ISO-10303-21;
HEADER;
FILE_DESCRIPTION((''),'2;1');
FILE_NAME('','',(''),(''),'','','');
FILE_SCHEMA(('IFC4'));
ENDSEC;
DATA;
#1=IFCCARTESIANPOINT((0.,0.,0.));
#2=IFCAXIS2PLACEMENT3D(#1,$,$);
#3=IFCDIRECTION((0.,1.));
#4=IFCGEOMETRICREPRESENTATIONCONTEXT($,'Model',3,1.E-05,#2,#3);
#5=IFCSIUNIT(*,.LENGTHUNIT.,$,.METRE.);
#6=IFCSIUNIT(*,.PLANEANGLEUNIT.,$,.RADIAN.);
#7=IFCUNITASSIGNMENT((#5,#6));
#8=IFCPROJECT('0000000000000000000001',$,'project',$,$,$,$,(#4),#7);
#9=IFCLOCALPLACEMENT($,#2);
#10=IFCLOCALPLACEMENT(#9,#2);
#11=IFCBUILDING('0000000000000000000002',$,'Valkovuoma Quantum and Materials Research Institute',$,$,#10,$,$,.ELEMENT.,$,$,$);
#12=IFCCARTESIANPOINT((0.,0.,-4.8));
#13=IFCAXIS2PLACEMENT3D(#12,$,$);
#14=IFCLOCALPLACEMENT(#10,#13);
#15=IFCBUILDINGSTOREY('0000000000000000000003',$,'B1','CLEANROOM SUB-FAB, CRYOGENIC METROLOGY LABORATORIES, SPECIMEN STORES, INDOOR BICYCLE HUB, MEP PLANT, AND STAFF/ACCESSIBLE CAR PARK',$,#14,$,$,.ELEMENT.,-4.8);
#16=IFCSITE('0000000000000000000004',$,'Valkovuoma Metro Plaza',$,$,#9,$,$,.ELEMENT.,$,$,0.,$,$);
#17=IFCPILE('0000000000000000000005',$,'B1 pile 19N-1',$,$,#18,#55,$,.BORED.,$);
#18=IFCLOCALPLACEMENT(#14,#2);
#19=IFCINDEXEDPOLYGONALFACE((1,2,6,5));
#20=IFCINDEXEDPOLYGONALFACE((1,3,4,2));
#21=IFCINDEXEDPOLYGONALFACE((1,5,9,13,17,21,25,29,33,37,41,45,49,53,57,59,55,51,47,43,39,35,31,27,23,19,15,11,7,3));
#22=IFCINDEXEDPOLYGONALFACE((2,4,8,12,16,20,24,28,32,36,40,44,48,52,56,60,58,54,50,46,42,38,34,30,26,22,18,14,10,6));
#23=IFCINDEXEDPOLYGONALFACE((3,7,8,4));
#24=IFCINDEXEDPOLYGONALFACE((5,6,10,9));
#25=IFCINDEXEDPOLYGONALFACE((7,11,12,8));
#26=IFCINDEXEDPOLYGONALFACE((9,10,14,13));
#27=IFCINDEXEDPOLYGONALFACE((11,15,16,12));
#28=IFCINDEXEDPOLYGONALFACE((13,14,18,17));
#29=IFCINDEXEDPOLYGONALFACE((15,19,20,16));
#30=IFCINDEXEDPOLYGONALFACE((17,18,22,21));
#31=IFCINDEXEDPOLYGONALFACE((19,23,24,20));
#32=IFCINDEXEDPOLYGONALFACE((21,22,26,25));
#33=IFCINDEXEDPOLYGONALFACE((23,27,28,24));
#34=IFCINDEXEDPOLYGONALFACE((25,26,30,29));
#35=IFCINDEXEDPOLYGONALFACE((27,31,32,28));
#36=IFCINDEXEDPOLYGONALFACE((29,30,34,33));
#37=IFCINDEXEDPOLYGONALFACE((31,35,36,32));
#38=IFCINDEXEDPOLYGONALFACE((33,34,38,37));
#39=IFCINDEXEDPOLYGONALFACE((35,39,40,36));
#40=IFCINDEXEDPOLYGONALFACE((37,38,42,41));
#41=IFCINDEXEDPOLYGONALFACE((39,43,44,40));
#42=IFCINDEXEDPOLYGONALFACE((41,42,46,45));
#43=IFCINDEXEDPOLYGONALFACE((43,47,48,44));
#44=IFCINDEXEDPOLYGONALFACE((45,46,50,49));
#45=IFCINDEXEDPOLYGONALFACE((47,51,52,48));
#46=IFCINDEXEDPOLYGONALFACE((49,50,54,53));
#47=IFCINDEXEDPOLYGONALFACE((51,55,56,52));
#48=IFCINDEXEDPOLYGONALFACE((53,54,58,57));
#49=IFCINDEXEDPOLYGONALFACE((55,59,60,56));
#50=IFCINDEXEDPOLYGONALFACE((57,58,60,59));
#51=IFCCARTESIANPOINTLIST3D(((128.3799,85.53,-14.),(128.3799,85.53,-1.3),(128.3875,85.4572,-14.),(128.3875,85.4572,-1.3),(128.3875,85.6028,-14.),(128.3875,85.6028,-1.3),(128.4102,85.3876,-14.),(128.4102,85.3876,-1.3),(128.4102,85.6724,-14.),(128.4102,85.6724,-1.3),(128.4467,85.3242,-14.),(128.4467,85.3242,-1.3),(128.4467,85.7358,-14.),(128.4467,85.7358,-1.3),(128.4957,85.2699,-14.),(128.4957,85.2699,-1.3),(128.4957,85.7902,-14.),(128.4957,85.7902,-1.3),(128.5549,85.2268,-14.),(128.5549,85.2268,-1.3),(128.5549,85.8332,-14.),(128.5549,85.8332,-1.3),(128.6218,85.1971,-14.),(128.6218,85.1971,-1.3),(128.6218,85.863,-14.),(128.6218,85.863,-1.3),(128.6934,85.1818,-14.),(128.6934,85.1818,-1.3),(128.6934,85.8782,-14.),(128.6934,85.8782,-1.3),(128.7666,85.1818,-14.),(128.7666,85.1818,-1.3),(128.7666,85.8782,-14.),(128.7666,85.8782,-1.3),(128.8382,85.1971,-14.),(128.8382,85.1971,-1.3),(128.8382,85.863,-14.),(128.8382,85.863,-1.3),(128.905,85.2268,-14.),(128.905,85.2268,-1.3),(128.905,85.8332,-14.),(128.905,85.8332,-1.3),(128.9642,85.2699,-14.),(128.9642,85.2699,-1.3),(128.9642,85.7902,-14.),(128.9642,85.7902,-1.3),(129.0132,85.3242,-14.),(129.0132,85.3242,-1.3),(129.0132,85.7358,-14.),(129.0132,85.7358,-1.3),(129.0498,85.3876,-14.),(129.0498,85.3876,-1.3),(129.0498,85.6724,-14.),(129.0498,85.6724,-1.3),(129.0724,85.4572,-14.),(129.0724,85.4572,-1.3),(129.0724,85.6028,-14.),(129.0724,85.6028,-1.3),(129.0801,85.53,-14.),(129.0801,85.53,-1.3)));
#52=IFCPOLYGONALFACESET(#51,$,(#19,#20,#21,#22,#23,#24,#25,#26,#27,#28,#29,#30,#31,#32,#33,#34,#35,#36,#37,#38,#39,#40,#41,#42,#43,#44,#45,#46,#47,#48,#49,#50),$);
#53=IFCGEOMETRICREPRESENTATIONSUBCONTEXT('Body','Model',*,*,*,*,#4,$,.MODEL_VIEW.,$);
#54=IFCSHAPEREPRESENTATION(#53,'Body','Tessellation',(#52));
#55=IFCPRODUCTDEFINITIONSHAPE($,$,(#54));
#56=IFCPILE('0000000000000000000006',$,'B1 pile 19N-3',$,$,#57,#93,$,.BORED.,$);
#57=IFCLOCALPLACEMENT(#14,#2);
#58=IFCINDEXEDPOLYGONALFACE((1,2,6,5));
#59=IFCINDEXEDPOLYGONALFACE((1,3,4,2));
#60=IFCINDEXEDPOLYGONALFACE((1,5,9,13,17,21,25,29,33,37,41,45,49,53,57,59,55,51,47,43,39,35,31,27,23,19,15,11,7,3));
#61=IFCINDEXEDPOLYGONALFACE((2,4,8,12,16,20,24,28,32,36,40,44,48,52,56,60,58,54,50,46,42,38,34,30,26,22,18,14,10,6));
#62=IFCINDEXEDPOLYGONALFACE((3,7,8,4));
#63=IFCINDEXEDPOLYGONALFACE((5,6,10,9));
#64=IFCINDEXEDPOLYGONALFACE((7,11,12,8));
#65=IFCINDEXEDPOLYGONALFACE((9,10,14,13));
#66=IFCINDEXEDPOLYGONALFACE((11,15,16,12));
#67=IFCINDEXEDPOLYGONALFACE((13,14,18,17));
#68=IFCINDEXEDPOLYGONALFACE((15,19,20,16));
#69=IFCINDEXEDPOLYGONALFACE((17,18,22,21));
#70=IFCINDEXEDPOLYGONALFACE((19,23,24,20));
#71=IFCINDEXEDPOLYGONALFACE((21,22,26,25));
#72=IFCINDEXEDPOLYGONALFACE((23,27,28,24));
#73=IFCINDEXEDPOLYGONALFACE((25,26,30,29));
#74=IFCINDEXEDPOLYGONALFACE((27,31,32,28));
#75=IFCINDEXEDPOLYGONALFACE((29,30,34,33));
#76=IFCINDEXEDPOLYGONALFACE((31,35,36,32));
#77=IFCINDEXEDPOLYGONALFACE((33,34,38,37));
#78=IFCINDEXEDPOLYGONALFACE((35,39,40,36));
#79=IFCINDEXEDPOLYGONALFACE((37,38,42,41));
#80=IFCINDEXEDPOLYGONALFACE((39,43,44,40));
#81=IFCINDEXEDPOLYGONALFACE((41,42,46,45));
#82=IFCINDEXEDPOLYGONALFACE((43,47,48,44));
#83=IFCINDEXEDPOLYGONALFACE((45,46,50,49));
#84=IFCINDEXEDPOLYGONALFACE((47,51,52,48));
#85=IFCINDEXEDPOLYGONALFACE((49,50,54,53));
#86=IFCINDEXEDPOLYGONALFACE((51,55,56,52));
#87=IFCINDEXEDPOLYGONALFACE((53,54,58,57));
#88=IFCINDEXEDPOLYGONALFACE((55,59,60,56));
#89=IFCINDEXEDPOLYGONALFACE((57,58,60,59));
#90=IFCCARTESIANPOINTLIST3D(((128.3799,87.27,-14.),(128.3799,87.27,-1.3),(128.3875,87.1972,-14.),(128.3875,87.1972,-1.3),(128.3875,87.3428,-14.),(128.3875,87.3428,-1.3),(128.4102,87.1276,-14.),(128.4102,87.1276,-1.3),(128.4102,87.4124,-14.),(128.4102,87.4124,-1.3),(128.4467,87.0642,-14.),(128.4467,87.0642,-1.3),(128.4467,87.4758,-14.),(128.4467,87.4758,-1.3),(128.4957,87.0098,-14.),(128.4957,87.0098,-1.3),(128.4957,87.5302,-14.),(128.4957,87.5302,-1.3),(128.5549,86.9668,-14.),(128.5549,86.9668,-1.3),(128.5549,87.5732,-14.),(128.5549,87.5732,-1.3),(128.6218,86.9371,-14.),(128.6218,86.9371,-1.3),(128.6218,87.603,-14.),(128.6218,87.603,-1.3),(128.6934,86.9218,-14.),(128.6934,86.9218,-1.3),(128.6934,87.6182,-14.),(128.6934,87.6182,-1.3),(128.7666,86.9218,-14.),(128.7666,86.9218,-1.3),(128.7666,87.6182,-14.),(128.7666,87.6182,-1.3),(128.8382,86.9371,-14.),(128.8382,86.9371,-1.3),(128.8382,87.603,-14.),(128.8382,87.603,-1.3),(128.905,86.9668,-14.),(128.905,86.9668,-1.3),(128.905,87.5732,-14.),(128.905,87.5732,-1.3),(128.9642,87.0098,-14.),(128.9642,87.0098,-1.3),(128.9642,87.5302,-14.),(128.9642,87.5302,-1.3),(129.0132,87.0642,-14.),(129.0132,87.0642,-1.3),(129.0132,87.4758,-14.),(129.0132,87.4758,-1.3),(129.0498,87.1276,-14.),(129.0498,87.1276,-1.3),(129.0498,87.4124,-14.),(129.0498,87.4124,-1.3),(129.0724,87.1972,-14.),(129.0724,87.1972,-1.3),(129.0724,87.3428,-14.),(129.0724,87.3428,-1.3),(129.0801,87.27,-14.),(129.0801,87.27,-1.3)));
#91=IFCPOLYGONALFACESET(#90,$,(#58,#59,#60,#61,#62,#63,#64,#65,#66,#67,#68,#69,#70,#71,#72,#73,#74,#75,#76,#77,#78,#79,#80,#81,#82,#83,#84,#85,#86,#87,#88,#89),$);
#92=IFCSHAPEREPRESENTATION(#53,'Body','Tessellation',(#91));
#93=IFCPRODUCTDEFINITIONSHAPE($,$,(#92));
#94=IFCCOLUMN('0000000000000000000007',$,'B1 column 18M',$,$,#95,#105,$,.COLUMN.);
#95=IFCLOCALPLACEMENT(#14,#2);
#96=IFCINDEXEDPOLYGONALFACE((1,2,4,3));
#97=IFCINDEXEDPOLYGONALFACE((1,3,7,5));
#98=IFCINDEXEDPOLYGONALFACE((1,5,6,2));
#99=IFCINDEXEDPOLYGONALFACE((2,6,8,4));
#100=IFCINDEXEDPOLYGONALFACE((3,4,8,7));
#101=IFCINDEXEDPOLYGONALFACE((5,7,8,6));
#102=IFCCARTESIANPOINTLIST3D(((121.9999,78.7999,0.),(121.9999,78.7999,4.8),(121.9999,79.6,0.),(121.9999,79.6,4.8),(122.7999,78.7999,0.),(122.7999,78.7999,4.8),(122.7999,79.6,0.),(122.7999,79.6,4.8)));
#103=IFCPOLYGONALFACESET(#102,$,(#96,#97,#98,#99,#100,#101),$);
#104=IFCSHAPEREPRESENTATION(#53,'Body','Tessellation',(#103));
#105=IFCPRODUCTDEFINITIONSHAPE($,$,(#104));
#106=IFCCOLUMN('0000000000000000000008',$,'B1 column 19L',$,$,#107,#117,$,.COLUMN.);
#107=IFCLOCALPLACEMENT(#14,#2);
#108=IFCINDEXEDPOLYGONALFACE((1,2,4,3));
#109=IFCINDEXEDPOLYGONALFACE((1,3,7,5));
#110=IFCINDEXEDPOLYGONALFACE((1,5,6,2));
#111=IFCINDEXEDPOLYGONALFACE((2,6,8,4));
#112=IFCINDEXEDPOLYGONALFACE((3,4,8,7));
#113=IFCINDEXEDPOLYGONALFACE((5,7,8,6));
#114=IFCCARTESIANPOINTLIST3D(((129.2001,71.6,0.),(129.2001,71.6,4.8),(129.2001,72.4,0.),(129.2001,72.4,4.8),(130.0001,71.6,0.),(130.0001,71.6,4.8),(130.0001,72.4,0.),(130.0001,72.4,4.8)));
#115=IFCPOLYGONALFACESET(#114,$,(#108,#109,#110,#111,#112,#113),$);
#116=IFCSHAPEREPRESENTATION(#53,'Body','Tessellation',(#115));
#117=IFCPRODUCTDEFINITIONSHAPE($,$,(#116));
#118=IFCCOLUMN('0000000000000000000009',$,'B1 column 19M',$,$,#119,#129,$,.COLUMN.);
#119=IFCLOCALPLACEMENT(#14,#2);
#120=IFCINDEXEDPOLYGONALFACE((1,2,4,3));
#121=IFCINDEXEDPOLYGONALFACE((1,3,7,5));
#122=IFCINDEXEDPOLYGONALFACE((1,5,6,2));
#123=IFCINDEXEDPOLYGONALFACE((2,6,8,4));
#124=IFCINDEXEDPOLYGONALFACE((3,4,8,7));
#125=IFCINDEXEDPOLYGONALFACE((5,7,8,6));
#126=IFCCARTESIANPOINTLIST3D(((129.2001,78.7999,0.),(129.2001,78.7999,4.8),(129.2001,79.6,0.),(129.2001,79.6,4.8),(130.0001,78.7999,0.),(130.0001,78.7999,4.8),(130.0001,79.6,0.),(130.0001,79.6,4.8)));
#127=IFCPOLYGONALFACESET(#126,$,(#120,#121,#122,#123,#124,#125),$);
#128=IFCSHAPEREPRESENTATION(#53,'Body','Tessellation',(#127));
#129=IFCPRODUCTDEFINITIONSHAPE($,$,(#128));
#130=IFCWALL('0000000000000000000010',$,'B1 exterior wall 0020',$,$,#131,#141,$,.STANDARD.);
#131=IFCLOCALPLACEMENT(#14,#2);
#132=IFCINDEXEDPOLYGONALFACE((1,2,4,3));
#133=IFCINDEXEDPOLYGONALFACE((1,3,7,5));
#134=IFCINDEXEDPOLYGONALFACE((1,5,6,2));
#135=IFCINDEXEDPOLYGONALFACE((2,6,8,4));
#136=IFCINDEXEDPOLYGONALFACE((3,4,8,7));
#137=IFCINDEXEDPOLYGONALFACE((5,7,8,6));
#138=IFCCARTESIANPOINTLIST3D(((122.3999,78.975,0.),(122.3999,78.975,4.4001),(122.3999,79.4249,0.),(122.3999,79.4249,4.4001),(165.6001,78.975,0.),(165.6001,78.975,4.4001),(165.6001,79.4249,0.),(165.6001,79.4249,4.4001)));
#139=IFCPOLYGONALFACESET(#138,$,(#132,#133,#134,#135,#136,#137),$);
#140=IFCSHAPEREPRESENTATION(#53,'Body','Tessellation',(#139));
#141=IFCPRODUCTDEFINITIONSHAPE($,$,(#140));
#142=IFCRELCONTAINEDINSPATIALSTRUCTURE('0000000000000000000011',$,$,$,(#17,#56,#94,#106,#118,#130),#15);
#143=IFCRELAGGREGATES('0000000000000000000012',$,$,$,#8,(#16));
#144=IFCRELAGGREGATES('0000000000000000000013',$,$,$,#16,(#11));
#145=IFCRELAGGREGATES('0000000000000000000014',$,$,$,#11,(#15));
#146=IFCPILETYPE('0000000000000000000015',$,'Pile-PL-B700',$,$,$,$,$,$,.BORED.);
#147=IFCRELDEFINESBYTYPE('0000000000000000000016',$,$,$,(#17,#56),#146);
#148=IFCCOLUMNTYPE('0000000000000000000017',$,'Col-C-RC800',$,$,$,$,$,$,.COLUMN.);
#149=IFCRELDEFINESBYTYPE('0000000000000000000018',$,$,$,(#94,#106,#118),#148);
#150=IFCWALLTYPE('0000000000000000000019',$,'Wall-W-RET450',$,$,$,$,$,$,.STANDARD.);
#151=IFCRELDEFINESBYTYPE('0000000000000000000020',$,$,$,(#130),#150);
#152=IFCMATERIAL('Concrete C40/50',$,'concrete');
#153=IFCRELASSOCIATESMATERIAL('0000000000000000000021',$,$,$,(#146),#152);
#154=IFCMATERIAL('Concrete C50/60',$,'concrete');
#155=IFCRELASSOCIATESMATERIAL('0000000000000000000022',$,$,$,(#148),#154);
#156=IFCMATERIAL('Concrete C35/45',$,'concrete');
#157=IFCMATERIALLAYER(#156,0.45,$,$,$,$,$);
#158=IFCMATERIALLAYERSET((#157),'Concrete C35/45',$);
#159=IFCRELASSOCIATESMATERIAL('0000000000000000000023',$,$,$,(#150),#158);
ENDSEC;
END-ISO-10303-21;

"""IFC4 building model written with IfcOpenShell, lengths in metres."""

from ifc_helpers import new_model, si_unit, direction, frame, frame_2d, origin, origin_2d, place, context, subcontext, project, spatial, rectangle, circle, extrude, material, layer, layer_set, material_profile, profile_set, type_object, element, save


model = new_model("IFC4")

# Units and contexts
model_context = context("Model", 3, precision=1e-05, world=origin(), true_north=direction((0.0, 1.0)))
body_context = subcontext(model_context, "Body", "Model", "MODEL_VIEW")
ifc_project = project(units=[si_unit("LENGTHUNIT", "METRE"), si_unit("PLANEANGLEUNIT", "RADIAN")], contexts=[model_context])

# Site, building, storey
site_placement = place(None, origin())
site = spatial("IfcSite", under=ifc_project, at=site_placement, Name="Valkovuoma Metro Plaza", CompositionType="ELEMENT", RefElevation=0.0)
building_placement = place(site_placement, origin())
building = spatial("IfcBuilding", under=site, at=building_placement, Name="Valkovuoma Quantum and Materials Research Institute", CompositionType="ELEMENT")
storey_placement = place(building_placement, frame((0.0, 0.0, -4.8)))
storey = spatial("IfcBuildingStorey", under=building, at=storey_placement, Name="B1", Description="CLEANROOM SUB-FAB, CRYOGENIC METROLOGY LABORATORIES, SPECIMEN STORES, INDOOR BICYCLE HUB, MEP PLANT, AND STAFF/ACCESSIBLE CAR PARK", CompositionType="ELEMENT", Elevation=-4.8)

# Piles
ifc_material_1 = material(Name="Concrete C40/50", Category="concrete")
ifc_material_profile_1 = material_profile(ifc_material_1, circle(Radius=0.3501, at=origin_2d()), Name="Concrete C40/50")
ifc_profile_set_1 = profile_set([ifc_material_profile_1], Name="Concrete C40/50")
pile_type_1 = type_object("IfcPileType", Name="Pile-PL-B700", PredefinedType="BORED", material=ifc_profile_set_1)
for number, where, z_axis, x_axis, name in (
    (1, (128.73, 85.53, -1.3), (0.0, 0.0, -1.0), (1.0, 0.0, 0.0), "B1 pile 19N-1"),
    (2, (128.73, 87.27, -1.3), (0.0, 0.0, -1.0), (1.0, 0.0, 0.0), "B1 pile 19N-3"),
):
    element("IfcPile", number, at=place(storey_placement, frame(where, z_axis=z_axis, x_axis=x_axis)), inside=storey, type_object=pile_type_1, Name=name, PredefinedType="BORED", context=body_context, shape_type="SweptSolid", body=[
        extrude(circle(Radius=0.3501, at=origin_2d()), origin(), (0.0, 0.0, 1.0), 12.7),
    ])

# Columns
ifc_material_2 = material(Name="Concrete C50/60", Category="concrete")
ifc_material_profile_2 = material_profile(ifc_material_2, rectangle(XDim=0.8, YDim=0.8, at=origin_2d()), Name="Concrete C50/60")
ifc_profile_set_2 = profile_set([ifc_material_profile_2], Name="Concrete C50/60")
column_type = type_object("IfcColumnType", Name="Col-C-RC800", PredefinedType="COLUMN", material=ifc_profile_set_2)
for number, where, z_axis, x_axis, name in (
    (3, (122.3999, 79.2, 0.0), (0.0, 0.0, 1.0), (1.0, 0.0, 0.0), "B1 column 18M"),
    (4, (129.6001, 72.0, 0.0), (0.0, 0.0, 1.0), (1.0, 0.0, 0.0), "B1 column 19L"),
    (5, (129.6001, 79.2, 0.0), (0.0, 0.0, 1.0), (1.0, 0.0, 0.0), "B1 column 19M"),
):
    element("IfcColumn", number, at=place(storey_placement, frame(where, z_axis=z_axis, x_axis=x_axis)), inside=storey, type_object=column_type, Name=name, PredefinedType="COLUMN", context=body_context, shape_type="SweptSolid", body=[
        extrude(rectangle(XDim=0.8, YDim=0.8, at=origin_2d()), origin(), (0.0, 0.0, 1.0), 4.8),
    ])

# Wall
ifc_material_3 = material(Name="Concrete C35/45", Category="concrete")
ifc_layer = layer(ifc_material_3, 0.45)
ifc_layer_set = layer_set([ifc_layer], Name="Concrete C35/45")
wall_type = type_object("IfcWallType", Name="Wall-W-RET450", PredefinedType="STANDARD", material=ifc_layer_set)
wall_placement = place(storey_placement, frame((122.3999, 79.2, 0.0), z_axis=(0.0, 0.0, 1.0), x_axis=(1.0, 0.0, 0.0)))
element("IfcWall", 6, at=wall_placement, inside=storey, type_object=wall_type, Name="B1 exterior wall 0020", PredefinedType="STANDARD", context=body_context, shape_type="SweptSolid", body=[
    extrude(rectangle(XDim=43.2002, YDim=0.45, at=frame_2d((21.6001, 0.0))), origin(), (0.0, 0.0, 1.0), 4.4001),
])

save(model, "model.ifc")
